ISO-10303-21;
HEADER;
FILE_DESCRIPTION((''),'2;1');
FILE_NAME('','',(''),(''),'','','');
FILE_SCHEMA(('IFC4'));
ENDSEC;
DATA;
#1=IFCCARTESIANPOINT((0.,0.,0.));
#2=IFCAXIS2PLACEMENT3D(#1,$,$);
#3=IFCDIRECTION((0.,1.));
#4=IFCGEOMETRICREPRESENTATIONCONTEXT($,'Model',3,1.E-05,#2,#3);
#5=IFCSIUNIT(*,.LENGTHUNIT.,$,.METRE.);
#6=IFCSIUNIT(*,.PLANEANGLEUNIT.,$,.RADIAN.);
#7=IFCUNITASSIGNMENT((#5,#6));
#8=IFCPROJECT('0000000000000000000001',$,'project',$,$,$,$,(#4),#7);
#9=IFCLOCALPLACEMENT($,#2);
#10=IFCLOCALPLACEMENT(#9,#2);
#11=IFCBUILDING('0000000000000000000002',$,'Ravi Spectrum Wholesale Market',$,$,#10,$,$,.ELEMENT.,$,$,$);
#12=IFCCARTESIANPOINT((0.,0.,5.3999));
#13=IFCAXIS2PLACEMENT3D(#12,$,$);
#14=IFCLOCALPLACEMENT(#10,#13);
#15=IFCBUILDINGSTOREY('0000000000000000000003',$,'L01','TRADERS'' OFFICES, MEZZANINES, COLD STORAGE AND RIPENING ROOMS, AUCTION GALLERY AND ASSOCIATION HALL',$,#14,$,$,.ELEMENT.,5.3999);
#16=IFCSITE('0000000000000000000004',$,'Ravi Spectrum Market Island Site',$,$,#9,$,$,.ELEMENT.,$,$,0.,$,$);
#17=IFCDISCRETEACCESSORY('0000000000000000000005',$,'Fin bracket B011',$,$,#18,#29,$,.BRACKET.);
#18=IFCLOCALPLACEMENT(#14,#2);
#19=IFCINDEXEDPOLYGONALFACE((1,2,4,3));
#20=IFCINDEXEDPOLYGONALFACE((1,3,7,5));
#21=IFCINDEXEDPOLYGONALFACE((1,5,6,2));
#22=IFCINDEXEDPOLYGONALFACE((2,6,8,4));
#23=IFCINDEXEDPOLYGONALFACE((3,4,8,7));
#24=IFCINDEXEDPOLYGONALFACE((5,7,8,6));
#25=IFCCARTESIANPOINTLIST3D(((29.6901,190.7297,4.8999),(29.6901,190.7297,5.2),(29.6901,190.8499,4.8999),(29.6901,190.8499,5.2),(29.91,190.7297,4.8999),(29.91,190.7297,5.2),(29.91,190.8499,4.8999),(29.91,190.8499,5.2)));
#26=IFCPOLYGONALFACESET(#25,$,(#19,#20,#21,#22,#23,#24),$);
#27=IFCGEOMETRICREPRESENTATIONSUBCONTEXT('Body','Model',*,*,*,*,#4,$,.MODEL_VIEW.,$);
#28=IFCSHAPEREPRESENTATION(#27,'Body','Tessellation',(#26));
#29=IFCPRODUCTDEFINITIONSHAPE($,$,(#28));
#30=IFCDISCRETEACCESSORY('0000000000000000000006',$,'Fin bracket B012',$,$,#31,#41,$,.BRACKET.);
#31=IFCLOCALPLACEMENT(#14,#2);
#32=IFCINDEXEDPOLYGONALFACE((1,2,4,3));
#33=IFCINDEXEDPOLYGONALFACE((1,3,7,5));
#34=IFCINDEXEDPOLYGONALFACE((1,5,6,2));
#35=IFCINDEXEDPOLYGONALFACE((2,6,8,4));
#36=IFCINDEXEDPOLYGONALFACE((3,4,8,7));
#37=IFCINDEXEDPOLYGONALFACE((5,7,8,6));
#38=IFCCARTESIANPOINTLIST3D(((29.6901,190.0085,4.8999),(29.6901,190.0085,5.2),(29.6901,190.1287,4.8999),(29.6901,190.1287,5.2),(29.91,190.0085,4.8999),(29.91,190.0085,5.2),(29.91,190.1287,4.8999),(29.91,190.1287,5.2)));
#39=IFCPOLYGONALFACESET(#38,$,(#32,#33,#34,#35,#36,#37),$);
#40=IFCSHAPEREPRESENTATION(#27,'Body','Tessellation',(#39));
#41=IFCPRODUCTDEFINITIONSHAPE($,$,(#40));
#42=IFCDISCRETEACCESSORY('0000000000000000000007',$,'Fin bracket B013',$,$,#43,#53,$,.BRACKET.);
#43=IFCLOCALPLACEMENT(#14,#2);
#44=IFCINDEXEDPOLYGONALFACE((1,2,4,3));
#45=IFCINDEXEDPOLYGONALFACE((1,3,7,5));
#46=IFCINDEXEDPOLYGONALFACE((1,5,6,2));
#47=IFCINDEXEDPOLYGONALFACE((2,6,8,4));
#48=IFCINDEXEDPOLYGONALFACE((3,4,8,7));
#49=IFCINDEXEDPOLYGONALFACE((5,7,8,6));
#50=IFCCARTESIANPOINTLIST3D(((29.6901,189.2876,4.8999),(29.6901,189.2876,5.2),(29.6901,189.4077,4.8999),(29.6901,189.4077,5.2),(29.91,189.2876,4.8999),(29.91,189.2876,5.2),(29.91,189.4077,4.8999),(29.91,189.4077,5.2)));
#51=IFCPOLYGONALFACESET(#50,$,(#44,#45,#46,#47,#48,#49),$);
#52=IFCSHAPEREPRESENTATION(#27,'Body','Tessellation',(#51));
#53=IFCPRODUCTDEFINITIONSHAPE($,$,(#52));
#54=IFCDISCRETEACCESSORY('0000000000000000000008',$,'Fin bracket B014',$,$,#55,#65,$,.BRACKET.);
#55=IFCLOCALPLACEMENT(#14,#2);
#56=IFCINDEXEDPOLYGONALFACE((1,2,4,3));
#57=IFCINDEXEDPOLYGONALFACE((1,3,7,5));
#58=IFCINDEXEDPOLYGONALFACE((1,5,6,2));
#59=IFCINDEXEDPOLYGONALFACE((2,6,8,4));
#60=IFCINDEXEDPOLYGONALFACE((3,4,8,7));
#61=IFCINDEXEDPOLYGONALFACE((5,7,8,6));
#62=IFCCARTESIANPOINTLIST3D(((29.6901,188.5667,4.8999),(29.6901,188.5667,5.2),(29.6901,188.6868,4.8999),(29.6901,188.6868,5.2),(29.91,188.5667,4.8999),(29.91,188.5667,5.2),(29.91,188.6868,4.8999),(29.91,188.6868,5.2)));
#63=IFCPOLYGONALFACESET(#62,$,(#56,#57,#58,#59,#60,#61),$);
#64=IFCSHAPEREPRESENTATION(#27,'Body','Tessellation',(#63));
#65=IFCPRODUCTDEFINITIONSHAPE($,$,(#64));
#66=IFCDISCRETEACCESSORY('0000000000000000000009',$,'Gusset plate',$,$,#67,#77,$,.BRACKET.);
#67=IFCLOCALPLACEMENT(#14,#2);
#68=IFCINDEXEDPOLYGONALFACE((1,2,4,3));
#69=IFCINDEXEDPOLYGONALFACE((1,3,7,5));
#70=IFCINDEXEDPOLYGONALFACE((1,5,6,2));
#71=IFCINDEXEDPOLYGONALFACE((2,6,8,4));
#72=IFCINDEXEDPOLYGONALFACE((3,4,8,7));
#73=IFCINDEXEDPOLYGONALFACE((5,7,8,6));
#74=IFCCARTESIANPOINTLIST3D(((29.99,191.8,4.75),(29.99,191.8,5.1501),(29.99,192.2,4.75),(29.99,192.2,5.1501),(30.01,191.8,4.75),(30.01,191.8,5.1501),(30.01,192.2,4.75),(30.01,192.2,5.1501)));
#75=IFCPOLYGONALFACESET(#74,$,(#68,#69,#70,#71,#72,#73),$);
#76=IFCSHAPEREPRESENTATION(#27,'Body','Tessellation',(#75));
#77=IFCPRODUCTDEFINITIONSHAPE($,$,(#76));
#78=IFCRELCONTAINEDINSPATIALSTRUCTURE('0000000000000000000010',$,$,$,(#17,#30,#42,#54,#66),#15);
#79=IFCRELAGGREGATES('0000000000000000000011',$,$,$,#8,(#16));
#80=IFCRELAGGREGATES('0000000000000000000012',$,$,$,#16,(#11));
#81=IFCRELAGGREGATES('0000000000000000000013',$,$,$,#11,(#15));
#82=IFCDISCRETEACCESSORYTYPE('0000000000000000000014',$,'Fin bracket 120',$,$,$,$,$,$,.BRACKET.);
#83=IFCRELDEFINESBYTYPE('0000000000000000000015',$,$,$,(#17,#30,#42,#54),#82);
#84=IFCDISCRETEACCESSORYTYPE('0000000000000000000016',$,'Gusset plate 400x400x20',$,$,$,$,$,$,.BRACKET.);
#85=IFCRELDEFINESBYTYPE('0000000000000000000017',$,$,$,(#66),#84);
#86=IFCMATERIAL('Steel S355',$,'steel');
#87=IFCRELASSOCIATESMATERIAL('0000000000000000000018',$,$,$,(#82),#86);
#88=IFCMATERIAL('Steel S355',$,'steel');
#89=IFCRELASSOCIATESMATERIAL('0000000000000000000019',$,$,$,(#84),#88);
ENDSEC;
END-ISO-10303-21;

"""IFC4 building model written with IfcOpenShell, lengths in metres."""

from ifc_helpers import new_model, si_unit, direction, frame, origin, origin_2d, place, context, subcontext, project, spatial, rectangle, extrude, material, material_profile, profile_set, type_object, element, save


model = new_model("IFC4")

# Units and contexts
model_context = context("Model", 3, precision=1e-05, world=origin(), true_north=direction((0.0, 1.0)))
body_context = subcontext(model_context, "Body", "Model", "MODEL_VIEW")
ifc_project = project(units=[si_unit("LENGTHUNIT", "METRE"), si_unit("PLANEANGLEUNIT", "RADIAN")], contexts=[model_context])

# Site, building, storey
site_placement = place(None, origin())
site = spatial("IfcSite", under=ifc_project, at=site_placement, Name="Ravi Spectrum Market Island Site", CompositionType="ELEMENT", RefElevation=0.0)
building_placement = place(site_placement, origin())
building = spatial("IfcBuilding", under=site, at=building_placement, Name="Ravi Spectrum Wholesale Market", CompositionType="ELEMENT")
storey_placement = place(building_placement, frame((0.0, 0.0, 5.3999)))
storey = spatial("IfcBuildingStorey", under=building, at=storey_placement, Name="L01", Description="TRADERS' OFFICES, MEZZANINES, COLD STORAGE AND RIPENING ROOMS, AUCTION GALLERY AND ASSOCIATION HALL", CompositionType="ELEMENT", Elevation=5.3999)

# Discrete accessories
ifc_material_1 = material(Name="Steel S355", Category="steel")
discrete_accessory_type_1 = type_object("IfcDiscreteAccessoryType", Name="Fin bracket 120", PredefinedType="BRACKET", material=ifc_material_1)
for number, where, z_axis, x_axis, name in (
    (1, (29.8, 190.7898, 4.8999), (0.0, 0.0, 1.0), (0.0, -1.0, 0.0), "Fin bracket B011"),
    (2, (29.8, 190.0686, 4.8999), (0.0, 0.0, 1.0), (0.0, -1.0, 0.0), "Fin bracket B012"),
    (3, (29.8, 189.3477, 4.8999), (0.0, 0.0, 1.0), (0.0, -1.0, 0.0), "Fin bracket B013"),
    (4, (29.8, 188.6267, 4.8999), (0.0, 0.0, 1.0), (0.0, -1.0, 0.0), "Fin bracket B014"),
):
    element("IfcDiscreteAccessory", number, at=place(storey_placement, frame(where, z_axis=z_axis, x_axis=x_axis)), inside=storey, type_object=discrete_accessory_type_1, Name=name, PredefinedType="BRACKET", context=body_context, shape_type="SweptSolid", body=[
        extrude(rectangle(XDim=0.1201, YDim=0.22, at=origin_2d()), origin(), (0.0, 0.0, 1.0), 0.3),
    ])
ifc_material_2 = material(Name="Steel S355", Category="steel")
ifc_material_profile_1 = material_profile(ifc_material_2, rectangle(XDim=0.3999, YDim=0.02, at=origin_2d()))
ifc_profile_set_1 = profile_set([ifc_material_profile_1], Name="Steel S355")
discrete_accessory_type_2 = type_object("IfcDiscreteAccessoryType", Name="Gusset plate 400x400x20", PredefinedType="BRACKET", material=ifc_profile_set_1)
discrete_accessory_placement = place(storey_placement, frame((30.0, 192.0, 4.75), z_axis=(0.0, 0.0, 1.0), x_axis=(0.0, 1.0, 0.0)))
element("IfcDiscreteAccessory", 5, at=discrete_accessory_placement, inside=storey, type_object=discrete_accessory_type_2, Name="Gusset plate", PredefinedType="BRACKET", context=body_context, shape_type="SweptSolid", body=[
    extrude(rectangle(XDim=0.3999, YDim=0.02, at=origin_2d()), origin(), (0.0, 0.0, 1.0), 0.4001),
])

save(model, "model.ifc")
